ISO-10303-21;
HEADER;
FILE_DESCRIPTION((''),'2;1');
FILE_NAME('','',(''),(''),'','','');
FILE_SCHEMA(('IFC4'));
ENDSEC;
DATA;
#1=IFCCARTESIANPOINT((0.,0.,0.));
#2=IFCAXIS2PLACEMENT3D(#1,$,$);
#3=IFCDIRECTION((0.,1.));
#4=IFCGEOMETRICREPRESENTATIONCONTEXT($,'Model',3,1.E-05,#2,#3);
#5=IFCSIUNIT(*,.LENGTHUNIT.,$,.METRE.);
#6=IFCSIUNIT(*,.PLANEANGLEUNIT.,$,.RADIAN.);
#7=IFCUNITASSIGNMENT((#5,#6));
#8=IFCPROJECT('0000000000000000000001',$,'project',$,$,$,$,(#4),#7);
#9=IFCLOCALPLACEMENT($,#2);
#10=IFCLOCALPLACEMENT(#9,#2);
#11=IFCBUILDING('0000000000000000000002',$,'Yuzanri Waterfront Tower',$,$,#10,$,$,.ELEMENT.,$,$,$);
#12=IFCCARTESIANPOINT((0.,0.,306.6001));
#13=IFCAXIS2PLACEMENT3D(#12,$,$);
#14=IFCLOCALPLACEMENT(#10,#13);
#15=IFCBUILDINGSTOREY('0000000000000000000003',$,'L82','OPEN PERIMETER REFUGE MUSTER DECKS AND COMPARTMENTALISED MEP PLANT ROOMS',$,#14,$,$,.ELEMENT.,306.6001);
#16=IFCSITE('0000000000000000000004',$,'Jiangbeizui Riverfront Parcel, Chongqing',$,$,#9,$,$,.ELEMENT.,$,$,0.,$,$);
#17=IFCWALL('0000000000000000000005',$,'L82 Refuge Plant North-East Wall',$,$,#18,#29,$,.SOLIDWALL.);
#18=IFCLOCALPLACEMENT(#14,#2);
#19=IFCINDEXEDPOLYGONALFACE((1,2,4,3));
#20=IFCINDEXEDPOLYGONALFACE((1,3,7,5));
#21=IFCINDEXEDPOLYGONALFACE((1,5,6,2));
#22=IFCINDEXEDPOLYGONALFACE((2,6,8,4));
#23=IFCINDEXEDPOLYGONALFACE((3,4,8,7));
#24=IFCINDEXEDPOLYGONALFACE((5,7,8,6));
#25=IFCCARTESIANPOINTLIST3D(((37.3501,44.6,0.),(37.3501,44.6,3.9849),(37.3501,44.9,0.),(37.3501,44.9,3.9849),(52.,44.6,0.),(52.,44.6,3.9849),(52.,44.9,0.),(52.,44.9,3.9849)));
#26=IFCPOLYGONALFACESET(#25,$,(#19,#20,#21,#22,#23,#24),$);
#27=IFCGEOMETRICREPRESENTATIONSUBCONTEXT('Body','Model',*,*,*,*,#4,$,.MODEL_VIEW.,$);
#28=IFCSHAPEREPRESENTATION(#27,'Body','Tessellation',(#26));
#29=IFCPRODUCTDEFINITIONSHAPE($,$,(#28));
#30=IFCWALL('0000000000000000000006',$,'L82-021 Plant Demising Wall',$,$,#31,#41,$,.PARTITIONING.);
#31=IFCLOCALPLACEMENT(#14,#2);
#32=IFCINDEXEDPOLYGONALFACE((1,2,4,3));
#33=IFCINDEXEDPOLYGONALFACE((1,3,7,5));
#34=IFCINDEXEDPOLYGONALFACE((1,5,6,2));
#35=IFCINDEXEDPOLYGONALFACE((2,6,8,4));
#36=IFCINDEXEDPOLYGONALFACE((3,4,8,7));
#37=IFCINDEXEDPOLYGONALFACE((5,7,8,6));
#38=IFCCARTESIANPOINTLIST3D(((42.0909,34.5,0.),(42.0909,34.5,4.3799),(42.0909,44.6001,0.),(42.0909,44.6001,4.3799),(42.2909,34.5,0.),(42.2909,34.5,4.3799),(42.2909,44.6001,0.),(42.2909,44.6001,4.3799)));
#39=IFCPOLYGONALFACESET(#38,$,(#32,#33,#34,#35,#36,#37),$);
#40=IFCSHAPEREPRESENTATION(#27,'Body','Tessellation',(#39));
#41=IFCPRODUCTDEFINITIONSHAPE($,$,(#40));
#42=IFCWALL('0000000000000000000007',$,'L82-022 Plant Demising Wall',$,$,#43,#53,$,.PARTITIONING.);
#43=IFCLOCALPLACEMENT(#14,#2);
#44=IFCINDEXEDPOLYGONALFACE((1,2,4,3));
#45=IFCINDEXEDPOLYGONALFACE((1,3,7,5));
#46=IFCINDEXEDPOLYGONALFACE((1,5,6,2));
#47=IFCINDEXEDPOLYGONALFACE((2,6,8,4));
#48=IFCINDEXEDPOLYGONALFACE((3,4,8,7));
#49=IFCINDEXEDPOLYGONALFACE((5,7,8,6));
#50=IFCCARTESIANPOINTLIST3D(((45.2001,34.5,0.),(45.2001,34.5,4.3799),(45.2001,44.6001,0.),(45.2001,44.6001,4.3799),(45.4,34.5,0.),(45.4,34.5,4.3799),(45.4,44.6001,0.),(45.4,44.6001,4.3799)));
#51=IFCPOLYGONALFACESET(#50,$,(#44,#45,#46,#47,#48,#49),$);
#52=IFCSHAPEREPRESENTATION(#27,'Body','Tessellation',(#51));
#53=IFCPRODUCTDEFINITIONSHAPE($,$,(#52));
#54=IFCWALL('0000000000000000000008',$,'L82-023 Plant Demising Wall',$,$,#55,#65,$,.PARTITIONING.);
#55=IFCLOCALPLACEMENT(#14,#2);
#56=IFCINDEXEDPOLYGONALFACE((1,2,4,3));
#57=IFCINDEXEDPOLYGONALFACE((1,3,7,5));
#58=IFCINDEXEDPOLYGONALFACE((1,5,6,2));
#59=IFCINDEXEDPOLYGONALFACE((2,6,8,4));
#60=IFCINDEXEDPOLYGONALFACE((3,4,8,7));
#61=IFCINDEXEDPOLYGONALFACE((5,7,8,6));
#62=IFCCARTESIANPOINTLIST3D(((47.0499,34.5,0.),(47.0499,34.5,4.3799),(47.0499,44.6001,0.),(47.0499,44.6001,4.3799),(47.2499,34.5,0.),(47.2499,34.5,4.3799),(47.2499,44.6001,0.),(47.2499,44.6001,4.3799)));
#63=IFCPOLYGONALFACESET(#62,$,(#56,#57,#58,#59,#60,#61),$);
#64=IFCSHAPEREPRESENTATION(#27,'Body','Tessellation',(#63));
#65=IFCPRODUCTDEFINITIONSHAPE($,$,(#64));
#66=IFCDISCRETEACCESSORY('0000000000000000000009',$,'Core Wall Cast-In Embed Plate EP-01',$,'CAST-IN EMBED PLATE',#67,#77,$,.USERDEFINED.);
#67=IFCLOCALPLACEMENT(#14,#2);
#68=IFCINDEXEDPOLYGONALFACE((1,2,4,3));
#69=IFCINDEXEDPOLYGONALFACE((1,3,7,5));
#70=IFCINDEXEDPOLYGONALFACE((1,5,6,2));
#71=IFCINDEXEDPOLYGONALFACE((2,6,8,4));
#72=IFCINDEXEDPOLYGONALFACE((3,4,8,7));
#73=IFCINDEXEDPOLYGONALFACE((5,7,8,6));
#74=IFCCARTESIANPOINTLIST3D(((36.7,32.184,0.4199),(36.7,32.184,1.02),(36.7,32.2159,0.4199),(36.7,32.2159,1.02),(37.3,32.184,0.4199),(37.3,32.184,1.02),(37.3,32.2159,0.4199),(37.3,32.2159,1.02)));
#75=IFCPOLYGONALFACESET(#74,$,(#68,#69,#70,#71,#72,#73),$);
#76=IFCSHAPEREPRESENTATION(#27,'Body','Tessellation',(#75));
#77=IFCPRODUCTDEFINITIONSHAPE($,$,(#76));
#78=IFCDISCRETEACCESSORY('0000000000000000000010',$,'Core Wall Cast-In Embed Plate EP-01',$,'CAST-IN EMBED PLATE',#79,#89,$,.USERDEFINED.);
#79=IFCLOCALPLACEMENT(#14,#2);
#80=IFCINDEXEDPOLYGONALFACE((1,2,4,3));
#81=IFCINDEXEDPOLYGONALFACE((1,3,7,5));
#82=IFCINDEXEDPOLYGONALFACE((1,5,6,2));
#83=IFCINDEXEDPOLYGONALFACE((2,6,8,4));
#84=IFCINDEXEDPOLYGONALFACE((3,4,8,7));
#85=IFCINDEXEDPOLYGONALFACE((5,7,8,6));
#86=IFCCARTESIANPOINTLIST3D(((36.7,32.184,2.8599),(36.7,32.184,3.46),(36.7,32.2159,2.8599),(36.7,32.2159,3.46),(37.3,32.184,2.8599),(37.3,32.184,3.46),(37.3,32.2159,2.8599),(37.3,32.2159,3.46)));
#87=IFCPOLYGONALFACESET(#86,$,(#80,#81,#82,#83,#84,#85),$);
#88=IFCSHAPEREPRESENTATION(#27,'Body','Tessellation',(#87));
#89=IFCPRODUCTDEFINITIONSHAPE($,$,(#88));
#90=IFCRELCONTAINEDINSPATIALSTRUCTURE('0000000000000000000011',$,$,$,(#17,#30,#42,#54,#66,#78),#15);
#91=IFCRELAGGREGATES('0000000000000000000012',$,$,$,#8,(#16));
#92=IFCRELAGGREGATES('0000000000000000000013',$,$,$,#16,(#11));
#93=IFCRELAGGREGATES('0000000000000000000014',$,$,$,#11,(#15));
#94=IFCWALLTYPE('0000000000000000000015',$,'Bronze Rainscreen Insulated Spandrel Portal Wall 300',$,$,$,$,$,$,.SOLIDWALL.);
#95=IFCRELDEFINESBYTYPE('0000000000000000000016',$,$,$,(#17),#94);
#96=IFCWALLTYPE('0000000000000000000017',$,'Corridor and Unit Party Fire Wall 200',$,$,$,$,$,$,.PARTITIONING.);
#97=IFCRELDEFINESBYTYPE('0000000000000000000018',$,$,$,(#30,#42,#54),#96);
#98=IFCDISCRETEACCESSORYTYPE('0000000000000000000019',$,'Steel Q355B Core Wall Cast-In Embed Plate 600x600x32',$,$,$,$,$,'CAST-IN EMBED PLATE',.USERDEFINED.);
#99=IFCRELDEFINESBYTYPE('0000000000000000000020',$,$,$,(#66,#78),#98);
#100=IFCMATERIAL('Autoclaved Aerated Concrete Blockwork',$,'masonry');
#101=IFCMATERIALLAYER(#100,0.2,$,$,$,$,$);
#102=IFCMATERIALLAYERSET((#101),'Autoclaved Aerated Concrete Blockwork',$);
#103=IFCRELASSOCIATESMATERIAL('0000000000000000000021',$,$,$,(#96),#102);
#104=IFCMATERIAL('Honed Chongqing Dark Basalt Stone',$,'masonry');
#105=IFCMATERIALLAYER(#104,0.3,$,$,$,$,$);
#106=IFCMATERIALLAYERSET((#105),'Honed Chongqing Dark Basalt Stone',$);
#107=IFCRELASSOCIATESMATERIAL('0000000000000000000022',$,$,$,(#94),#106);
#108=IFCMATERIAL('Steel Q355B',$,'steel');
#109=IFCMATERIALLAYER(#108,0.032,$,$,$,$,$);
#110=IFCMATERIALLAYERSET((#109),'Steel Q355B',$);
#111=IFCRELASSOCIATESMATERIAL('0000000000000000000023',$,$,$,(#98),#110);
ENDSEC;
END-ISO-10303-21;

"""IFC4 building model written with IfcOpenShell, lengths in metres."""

from ifc_helpers import new_model, si_unit, direction, frame, frame_2d, origin, origin_2d, place, context, subcontext, project, spatial, rectangle, extrude, source, transform, mapped, material, layer, layer_set, type_object, element, save


model = new_model("IFC4")

# Units and contexts
model_context = context("Model", 3, precision=1e-05, world=origin(), true_north=direction((0.0, 1.0)))
body_context = subcontext(model_context, "Body", "Model", "MODEL_VIEW")
ifc_project = project(units=[si_unit("LENGTHUNIT", "METRE"), si_unit("PLANEANGLEUNIT", "RADIAN")], contexts=[model_context])

# Site, building, storey
site_placement = place(None, origin())
site = spatial("IfcSite", under=ifc_project, at=site_placement, Name="Jiangbeizui Riverfront Parcel, Chongqing", CompositionType="ELEMENT", RefElevation=0.0)
building_placement = place(site_placement, origin())
building = spatial("IfcBuilding", under=site, at=building_placement, Name="Yuzanri Waterfront Tower", CompositionType="ELEMENT")
storey_placement = place(building_placement, frame((0.0, 0.0, 306.6001)))
storey = spatial("IfcBuildingStorey", under=building, at=storey_placement, Name="L82", Description="OPEN PERIMETER REFUGE MUSTER DECKS AND COMPARTMENTALISED MEP PLANT ROOMS", CompositionType="ELEMENT", Elevation=306.6001)

# Shared definitions
ifc_material_1 = material(Name="Autoclaved Aerated Concrete Blockwork", Category="masonry")
ifc_layer_1 = layer(ifc_material_1, 0.2)
ifc_layer_set_1 = layer_set([ifc_layer_1], Name="Autoclaved Aerated Concrete Blockwork")
wall_type_1 = type_object("IfcWallType", Name="Corridor and Unit Party Fire Wall 200", PredefinedType="PARTITIONING", material=ifc_layer_set_1)

# Walls
ifc_material_2 = material(Name="Honed Chongqing Dark Basalt Stone", Category="masonry")
ifc_layer_2 = layer(ifc_material_2, 0.3)
ifc_layer_set_2 = layer_set([ifc_layer_2], Name="Honed Chongqing Dark Basalt Stone")
wall_type_2 = type_object("IfcWallType", Name="Bronze Rainscreen Insulated Spandrel Portal Wall 300", PredefinedType="SOLIDWALL", material=ifc_layer_set_2)
shared_shape_1 = source(origin(), body_context, "Body", "SweptSolid", [
    extrude(rectangle(XDim=14.6499, YDim=0.3, at=frame_2d((7.325, 0.0))), origin(), (0.0, 0.0, 1.0), 3.9849),
])
wall_1_placement = place(storey_placement, frame((37.3501, 44.75, 0.0), z_axis=(0.0, 0.0, 1.0), x_axis=(1.0, 0.0, 0.0)))
element("IfcWall", 1, at=wall_1_placement, inside=storey, type_object=wall_type_2, Name="L82 Refuge Plant North-East Wall", PredefinedType="SOLIDWALL", context=body_context, shape_type="MappedRepresentation", body=[
    mapped(shared_shape_1, transform((0.0, 0.0, 0.0), scale=1.0)),
])
shared_shape_2 = source(origin(), body_context, "Body", "SweptSolid", [
    extrude(rectangle(XDim=10.1001, YDim=0.2, at=frame_2d((5.05, 0.0))), origin(), (0.0, 0.0, 1.0), 4.3799),
])
for number, where, z_axis, x_axis, name in (
    (2, (42.1909, 34.5, 0.0), (0.0, 0.0, 1.0), (0.0, 1.0, 0.0), "L82-021 Plant Demising Wall"),
    (3, (45.3, 34.5, 0.0), (0.0, 0.0, 1.0), (0.0, 1.0, 0.0), "L82-022 Plant Demising Wall"),
    (4, (47.1499, 34.5, 0.0), (0.0, 0.0, 1.0), (0.0, 1.0, 0.0), "L82-023 Plant Demising Wall"),
):
    element("IfcWall", number, at=place(storey_placement, frame(where, z_axis=z_axis, x_axis=x_axis)), inside=storey, type_object=wall_type_1, Name=name, PredefinedType="PARTITIONING", context=body_context, shape_type="MappedRepresentation", body=[
        mapped(shared_shape_2, transform((0.0, 0.0, 0.0), scale=1.0)),
    ])

# Discrete accessories
ifc_material_3 = material(Name="Steel Q355B", Category="steel")
ifc_layer_3 = layer(ifc_material_3, 0.032)
ifc_layer_set_3 = layer_set([ifc_layer_3], Name="Steel Q355B")
discrete_accessory_type = type_object("IfcDiscreteAccessoryType", Name="Steel Q355B Core Wall Cast-In Embed Plate 600x600x32", ElementType="CAST-IN EMBED PLATE", PredefinedType="USERDEFINED", material=ifc_layer_set_3)
shared_shape_3 = source(origin(), body_context, "Body", "SweptSolid", [
    extrude(rectangle(XDim=0.6001, YDim=0.032, at=origin_2d()), origin(), (0.0, 0.0, 1.0), 0.6001),
])
for number, where, z_axis, x_axis, name in (
    (5, (37.0, 32.2, 0.4199), (0.0, 0.0, 1.0), (1.0, 0.0, 0.0), "Core Wall Cast-In Embed Plate EP-01"),
    (6, (37.0, 32.2, 2.8599), (0.0, 0.0, 1.0), (1.0, 0.0, 0.0), "Core Wall Cast-In Embed Plate EP-01"),
):
    element("IfcDiscreteAccessory", number, at=place(storey_placement, frame(where, z_axis=z_axis, x_axis=x_axis)), inside=storey, type_object=discrete_accessory_type, Name=name, ObjectType="CAST-IN EMBED PLATE", PredefinedType="USERDEFINED", context=body_context, shape_type="MappedRepresentation", body=[
        mapped(shared_shape_3, transform((0.0, 0.0, 0.0), scale=1.0)),
    ])

save(model, "model.ifc")
